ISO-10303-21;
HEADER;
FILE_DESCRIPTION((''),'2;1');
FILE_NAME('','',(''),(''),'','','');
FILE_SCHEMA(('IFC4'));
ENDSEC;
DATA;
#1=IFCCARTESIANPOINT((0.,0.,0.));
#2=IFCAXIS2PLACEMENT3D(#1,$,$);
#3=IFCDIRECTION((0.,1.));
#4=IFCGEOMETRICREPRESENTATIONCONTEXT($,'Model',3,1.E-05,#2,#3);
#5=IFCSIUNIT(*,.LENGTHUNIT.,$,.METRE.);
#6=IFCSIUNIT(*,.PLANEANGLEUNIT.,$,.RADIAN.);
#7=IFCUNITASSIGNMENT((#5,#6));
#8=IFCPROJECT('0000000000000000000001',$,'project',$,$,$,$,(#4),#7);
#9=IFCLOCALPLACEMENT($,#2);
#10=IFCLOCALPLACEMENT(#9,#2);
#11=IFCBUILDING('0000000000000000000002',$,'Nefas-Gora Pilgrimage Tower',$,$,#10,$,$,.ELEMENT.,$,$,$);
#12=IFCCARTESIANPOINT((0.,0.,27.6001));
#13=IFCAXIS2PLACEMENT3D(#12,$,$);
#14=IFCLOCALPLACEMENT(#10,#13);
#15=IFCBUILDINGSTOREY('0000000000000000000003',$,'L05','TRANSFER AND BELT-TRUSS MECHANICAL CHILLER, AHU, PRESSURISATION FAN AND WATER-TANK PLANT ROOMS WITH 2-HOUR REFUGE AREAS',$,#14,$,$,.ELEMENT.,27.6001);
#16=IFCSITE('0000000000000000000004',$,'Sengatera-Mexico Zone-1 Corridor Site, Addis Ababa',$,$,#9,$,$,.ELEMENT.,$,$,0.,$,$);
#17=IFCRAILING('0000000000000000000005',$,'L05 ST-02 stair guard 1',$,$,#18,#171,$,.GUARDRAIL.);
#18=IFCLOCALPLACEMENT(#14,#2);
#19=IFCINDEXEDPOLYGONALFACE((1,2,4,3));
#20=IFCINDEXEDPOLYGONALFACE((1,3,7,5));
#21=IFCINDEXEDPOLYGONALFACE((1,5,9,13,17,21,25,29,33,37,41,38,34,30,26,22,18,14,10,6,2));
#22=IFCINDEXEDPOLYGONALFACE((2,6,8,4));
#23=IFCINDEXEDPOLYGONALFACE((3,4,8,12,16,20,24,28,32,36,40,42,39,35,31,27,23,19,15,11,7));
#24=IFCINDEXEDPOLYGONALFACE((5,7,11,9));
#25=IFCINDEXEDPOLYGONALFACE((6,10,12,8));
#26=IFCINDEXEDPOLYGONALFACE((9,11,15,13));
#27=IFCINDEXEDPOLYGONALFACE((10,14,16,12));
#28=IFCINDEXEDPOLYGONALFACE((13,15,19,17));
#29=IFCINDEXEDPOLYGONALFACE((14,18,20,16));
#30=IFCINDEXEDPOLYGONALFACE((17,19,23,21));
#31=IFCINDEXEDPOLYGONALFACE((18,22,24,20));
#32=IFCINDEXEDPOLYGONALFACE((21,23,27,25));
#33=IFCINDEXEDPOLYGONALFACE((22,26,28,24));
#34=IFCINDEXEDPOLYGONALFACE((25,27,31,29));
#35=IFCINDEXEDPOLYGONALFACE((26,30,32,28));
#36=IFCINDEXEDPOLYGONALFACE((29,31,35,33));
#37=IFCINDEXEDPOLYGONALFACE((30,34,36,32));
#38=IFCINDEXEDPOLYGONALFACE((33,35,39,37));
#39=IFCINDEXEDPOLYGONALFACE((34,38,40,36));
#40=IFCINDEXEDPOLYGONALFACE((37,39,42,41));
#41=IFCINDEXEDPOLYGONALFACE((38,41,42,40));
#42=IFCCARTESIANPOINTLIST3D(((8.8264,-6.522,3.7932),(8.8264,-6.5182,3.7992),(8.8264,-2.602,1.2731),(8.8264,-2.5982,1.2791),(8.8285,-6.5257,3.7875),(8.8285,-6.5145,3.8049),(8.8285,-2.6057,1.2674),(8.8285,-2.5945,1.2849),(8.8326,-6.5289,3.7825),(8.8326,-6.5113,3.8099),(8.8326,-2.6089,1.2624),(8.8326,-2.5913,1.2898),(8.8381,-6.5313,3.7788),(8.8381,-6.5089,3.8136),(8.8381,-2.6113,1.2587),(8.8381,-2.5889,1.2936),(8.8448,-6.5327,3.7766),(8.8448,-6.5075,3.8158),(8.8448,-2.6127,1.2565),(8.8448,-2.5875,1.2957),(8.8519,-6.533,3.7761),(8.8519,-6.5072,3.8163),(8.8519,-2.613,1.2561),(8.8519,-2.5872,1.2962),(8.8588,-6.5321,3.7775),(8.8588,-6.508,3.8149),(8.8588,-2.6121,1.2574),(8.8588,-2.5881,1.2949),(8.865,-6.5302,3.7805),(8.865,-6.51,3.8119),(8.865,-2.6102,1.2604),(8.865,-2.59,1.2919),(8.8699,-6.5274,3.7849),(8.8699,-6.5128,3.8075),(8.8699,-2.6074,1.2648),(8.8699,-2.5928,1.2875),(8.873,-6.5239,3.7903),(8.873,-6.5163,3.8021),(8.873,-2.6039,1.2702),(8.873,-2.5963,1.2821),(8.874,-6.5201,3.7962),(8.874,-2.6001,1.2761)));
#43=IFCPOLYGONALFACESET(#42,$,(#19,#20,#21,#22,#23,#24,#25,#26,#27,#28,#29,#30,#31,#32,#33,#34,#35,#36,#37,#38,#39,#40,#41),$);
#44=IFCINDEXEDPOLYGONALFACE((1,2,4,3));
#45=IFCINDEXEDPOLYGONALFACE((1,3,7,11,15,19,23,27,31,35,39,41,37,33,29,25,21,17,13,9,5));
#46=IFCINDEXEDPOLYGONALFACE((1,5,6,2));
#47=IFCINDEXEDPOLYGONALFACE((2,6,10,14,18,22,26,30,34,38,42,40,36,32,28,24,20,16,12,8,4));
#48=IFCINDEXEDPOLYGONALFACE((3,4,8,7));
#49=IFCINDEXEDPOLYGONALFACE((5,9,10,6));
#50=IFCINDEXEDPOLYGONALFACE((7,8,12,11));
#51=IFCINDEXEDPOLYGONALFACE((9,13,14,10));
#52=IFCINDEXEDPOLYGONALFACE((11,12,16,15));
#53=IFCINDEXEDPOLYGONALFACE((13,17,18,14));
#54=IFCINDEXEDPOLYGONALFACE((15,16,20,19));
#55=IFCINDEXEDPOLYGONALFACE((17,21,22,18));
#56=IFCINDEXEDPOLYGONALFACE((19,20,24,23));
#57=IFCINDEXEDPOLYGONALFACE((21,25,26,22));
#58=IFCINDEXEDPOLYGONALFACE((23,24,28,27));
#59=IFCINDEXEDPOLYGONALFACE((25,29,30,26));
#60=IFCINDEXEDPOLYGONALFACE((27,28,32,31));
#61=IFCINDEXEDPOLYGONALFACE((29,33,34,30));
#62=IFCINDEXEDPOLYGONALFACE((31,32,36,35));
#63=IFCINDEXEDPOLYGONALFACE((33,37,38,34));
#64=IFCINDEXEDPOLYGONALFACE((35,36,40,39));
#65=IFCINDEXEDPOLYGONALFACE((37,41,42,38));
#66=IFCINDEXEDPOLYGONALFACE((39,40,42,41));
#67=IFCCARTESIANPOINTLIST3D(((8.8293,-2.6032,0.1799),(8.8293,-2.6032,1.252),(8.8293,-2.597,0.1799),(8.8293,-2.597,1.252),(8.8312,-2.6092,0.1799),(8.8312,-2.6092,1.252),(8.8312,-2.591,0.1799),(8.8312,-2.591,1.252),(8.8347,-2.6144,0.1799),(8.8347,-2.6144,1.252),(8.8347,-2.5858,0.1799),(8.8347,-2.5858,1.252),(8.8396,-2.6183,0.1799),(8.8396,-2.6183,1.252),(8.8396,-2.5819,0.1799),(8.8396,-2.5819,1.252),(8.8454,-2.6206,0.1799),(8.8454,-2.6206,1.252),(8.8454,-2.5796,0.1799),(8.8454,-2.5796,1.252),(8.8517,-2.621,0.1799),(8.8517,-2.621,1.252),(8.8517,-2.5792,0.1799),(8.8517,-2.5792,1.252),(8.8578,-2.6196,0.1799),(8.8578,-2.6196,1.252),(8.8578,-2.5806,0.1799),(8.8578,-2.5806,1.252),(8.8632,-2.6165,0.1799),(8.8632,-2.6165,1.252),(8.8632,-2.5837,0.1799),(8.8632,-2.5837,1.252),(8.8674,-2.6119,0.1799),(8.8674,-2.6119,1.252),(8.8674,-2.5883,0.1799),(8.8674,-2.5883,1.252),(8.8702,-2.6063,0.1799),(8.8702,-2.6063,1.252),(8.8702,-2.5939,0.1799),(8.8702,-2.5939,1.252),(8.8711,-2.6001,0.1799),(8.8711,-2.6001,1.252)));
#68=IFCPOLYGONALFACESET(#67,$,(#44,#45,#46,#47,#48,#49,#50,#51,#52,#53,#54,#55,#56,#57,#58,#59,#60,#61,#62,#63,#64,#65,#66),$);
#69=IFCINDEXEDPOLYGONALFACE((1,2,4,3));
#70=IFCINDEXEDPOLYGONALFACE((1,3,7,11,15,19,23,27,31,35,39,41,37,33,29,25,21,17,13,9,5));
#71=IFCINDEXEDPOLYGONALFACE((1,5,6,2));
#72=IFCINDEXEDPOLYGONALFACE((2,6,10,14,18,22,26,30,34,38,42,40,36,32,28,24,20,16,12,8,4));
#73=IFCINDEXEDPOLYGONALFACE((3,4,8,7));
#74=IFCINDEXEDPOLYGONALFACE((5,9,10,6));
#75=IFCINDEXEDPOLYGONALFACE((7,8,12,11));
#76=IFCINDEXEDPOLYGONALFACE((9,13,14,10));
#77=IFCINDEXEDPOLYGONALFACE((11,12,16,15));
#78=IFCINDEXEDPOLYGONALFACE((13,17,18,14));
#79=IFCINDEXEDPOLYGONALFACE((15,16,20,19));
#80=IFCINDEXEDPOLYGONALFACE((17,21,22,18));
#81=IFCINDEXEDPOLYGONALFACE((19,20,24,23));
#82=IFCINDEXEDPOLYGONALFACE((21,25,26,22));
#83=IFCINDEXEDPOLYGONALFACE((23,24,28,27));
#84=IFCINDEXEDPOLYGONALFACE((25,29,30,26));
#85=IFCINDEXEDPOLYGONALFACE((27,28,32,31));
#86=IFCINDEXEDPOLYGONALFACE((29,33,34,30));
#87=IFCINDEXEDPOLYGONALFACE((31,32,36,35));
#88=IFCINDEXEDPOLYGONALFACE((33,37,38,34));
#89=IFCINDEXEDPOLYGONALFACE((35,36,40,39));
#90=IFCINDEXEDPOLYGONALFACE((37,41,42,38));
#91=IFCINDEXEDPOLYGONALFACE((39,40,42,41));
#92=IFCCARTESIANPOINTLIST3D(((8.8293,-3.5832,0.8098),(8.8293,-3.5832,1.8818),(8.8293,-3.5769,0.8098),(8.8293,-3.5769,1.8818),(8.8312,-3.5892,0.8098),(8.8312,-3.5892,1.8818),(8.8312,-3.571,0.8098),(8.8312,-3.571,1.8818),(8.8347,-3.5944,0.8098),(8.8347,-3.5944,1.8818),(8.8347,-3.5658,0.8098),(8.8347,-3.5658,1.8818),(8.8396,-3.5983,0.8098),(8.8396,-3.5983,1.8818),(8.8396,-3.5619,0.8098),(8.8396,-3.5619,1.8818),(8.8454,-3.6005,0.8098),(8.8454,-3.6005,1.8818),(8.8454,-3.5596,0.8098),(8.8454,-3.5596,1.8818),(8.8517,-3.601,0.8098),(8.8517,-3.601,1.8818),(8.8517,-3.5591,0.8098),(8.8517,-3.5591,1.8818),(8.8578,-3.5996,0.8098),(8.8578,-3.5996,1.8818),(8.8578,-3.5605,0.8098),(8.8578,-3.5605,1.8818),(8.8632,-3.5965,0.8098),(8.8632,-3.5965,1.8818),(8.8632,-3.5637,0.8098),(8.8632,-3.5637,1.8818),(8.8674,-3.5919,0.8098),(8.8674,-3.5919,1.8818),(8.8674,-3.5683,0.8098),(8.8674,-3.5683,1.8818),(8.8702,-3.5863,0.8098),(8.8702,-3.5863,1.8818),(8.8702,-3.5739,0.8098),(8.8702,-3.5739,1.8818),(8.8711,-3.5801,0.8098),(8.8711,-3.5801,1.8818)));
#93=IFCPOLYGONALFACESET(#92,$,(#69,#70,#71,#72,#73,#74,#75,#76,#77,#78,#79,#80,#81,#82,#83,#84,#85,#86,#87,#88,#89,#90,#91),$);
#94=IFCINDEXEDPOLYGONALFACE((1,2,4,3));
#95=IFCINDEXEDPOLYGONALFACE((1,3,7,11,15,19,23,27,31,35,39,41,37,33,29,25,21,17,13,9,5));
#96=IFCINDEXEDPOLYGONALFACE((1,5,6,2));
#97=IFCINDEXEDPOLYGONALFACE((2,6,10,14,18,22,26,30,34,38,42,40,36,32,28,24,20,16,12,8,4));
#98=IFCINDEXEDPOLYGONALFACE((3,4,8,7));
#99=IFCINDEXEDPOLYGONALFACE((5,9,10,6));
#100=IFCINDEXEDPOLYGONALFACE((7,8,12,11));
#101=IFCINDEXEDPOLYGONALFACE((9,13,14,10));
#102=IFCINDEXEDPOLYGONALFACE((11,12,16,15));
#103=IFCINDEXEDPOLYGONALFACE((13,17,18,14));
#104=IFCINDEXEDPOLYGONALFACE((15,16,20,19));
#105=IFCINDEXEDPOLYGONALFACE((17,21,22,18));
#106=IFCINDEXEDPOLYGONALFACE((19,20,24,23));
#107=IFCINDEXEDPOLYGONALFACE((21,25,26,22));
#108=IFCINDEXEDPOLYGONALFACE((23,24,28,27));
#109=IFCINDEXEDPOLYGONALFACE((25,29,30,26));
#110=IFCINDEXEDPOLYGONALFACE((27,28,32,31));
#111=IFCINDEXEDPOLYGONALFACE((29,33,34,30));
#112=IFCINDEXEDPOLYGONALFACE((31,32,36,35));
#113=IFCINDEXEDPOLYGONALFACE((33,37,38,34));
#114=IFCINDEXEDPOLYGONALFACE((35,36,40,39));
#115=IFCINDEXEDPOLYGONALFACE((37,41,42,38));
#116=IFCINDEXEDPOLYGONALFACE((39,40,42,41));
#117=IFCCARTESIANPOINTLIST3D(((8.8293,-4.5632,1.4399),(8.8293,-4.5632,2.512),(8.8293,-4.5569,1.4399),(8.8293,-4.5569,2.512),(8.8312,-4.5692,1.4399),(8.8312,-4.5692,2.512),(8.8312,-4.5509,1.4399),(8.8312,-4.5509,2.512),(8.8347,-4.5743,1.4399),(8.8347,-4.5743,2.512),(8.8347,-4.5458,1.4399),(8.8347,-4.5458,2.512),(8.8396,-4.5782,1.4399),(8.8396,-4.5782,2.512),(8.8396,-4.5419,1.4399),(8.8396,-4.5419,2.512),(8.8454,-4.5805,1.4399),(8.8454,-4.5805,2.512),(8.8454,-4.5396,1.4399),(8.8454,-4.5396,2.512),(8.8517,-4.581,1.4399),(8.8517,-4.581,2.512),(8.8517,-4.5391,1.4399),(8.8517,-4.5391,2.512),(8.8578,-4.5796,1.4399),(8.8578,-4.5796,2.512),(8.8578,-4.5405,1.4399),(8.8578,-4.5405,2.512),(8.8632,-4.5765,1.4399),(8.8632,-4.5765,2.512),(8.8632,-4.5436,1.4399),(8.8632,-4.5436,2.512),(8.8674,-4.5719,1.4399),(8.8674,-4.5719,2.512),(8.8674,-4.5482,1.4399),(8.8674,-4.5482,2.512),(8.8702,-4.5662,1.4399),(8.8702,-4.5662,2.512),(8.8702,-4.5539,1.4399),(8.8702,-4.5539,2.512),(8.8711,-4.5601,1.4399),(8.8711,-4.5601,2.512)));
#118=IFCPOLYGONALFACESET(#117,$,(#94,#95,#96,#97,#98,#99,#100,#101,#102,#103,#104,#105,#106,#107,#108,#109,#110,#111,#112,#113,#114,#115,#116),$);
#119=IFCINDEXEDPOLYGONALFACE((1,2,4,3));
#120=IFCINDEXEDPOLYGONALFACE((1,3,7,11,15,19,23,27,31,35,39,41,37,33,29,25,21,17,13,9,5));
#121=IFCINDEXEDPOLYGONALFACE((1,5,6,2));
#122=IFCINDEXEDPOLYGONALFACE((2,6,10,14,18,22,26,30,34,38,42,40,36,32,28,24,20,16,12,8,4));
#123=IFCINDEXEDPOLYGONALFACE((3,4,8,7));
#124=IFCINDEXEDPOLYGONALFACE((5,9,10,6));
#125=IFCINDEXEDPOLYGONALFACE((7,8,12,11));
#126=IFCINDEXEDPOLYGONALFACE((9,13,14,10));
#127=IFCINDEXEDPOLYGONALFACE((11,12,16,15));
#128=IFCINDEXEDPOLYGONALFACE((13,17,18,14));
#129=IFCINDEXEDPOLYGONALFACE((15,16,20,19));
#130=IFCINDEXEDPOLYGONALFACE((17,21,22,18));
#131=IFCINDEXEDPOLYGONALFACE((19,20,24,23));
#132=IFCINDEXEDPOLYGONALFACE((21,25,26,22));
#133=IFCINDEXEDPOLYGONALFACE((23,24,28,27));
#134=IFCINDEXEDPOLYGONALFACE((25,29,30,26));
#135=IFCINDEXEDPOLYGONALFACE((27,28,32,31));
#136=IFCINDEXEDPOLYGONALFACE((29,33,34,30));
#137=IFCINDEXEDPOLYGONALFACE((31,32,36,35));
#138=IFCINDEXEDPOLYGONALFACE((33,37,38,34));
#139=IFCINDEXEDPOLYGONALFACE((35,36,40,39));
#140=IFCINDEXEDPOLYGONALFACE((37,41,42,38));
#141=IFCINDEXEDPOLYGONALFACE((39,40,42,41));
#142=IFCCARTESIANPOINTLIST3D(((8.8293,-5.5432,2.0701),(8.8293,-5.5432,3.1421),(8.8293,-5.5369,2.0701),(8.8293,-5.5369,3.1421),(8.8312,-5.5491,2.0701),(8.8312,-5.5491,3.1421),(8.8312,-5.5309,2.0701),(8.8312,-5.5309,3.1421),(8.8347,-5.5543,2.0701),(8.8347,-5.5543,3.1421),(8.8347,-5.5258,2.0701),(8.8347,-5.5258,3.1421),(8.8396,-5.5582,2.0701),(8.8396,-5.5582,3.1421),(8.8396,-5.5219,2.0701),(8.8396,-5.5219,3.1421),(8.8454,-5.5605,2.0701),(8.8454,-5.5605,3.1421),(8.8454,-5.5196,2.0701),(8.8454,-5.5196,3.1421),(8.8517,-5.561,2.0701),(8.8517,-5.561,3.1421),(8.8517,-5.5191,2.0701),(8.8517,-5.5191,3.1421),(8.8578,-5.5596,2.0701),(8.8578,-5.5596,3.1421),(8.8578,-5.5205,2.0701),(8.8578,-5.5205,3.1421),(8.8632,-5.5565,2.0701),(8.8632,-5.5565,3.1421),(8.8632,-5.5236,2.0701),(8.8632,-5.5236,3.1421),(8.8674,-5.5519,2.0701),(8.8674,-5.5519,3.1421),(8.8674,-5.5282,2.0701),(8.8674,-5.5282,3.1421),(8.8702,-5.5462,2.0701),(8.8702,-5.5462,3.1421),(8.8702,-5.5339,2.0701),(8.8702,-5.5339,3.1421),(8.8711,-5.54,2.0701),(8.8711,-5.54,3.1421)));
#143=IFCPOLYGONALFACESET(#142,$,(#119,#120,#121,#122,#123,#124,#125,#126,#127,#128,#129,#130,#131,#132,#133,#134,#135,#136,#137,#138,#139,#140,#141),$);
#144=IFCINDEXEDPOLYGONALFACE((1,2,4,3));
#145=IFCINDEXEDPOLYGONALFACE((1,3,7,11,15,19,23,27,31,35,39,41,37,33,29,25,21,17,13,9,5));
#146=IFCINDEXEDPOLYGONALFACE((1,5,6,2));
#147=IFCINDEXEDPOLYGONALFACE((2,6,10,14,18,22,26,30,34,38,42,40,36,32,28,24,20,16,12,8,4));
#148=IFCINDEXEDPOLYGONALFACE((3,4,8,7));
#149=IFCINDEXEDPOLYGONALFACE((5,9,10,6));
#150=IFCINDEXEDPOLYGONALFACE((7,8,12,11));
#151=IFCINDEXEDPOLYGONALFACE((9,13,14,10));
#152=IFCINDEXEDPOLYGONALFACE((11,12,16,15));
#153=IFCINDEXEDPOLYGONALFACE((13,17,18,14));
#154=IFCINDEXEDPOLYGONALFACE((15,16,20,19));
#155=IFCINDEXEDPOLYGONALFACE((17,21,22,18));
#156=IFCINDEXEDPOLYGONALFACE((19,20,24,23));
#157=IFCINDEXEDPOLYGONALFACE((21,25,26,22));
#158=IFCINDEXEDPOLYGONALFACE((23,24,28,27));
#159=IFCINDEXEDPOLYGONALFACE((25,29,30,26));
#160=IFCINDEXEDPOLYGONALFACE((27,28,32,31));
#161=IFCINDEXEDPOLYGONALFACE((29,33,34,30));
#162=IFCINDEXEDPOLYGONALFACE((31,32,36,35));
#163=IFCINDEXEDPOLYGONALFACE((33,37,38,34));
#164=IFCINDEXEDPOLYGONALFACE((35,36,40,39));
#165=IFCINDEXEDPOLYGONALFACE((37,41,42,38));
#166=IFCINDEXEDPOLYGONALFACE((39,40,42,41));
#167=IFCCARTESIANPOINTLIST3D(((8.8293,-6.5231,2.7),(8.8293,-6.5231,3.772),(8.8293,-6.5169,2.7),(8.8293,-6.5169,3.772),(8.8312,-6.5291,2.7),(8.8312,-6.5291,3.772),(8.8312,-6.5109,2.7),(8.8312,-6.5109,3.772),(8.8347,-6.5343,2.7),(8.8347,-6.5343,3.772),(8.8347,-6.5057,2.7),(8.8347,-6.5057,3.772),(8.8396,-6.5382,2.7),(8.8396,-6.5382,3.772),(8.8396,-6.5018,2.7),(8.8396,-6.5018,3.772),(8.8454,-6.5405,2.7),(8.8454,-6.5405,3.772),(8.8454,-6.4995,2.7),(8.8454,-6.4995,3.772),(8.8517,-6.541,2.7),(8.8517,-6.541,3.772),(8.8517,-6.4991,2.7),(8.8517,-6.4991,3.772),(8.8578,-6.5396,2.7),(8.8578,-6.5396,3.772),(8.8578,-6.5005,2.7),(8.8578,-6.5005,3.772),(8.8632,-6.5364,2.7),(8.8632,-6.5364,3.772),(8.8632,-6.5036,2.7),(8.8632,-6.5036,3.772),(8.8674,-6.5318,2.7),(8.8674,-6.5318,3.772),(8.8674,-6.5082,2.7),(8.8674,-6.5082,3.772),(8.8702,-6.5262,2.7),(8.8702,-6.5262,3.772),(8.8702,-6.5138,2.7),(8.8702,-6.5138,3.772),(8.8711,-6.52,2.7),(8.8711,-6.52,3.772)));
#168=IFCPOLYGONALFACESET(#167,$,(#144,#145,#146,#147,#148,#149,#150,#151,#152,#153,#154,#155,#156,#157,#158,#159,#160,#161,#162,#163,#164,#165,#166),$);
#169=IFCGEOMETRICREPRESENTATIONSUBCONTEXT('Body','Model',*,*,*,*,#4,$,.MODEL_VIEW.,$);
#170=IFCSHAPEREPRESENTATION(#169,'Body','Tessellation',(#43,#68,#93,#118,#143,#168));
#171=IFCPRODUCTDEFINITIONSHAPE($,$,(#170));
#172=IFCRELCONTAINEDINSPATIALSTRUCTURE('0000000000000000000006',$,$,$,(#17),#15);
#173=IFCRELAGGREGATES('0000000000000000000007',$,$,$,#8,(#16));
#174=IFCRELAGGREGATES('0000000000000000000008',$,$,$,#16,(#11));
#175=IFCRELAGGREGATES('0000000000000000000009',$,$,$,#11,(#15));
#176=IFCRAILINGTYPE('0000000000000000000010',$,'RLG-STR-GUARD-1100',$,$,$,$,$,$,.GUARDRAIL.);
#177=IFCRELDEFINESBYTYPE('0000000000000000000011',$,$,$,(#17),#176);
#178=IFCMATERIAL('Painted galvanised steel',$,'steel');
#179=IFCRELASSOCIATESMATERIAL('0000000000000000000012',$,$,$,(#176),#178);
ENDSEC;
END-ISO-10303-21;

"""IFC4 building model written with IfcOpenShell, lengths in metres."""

from ifc_helpers import new_model, si_unit, direction, frame, origin, origin_2d, place, context, subcontext, project, spatial, circle, extrude, material, type_object, element, save


model = new_model("IFC4")

# Units and contexts
model_context = context("Model", 3, precision=1e-05, world=origin(), true_north=direction((0.0, 1.0)))
body_context = subcontext(model_context, "Body", "Model", "MODEL_VIEW")
ifc_project = project(units=[si_unit("LENGTHUNIT", "METRE"), si_unit("PLANEANGLEUNIT", "RADIAN")], contexts=[model_context])

# Site, building, storey
site_placement = place(None, origin())
site = spatial("IfcSite", under=ifc_project, at=site_placement, Name="Sengatera-Mexico Zone-1 Corridor Site, Addis Ababa", CompositionType="ELEMENT", RefElevation=0.0)
building_placement = place(site_placement, origin())
building = spatial("IfcBuilding", under=site, at=building_placement, Name="Nefas-Gora Pilgrimage Tower", CompositionType="ELEMENT")
storey_placement = place(building_placement, frame((0.0, 0.0, 27.6001)))
storey = spatial("IfcBuildingStorey", under=building, at=storey_placement, Name="L05", Description="TRANSFER AND BELT-TRUSS MECHANICAL CHILLER, AHU, PRESSURISATION FAN AND WATER-TANK PLANT ROOMS WITH 2-HOUR REFUGE AREAS", CompositionType="ELEMENT", Elevation=27.6001)

# Railing
ifc_material_1 = material(Name="Painted galvanised steel", Category="steel")
railing_type_1 = type_object("IfcRailingType", Name="RLG-STR-GUARD-1100", PredefinedType="GUARDRAIL", material=ifc_material_1)
railing_1_placement = place(storey_placement, frame((8.8501, -2.6001, 0.1799)))
element("IfcRailing", 1, at=railing_1_placement, inside=storey, type_object=railing_type_1, Name="L05 ST-02 stair guard 1", PredefinedType="GUARDRAIL", context=body_context, shape_type="SweptSolid", body=[
    extrude(circle(Radius=0.0239, at=origin_2d()), frame((0.0, 0.0, 1.0962), z_axis=(0.0, -0.841172, 0.540768), x_axis=(1.0, 0.0, 0.0)), (0.0, 0.0, 1.0), 4.6602),
    extrude(circle(Radius=0.021, at=origin_2d()), origin(), (0.0, 0.0, 1.0), 1.072),
    extrude(circle(Radius=0.021, at=origin_2d()), frame((0.0, -0.98, 0.6299)), (0.0, 0.0, 1.0), 1.072),
    extrude(circle(Radius=0.021, at=origin_2d()), frame((0.0, -1.96, 1.26)), (0.0, 0.0, 1.0), 1.072),
    extrude(circle(Radius=0.021, at=origin_2d()), frame((0.0, -2.9399, 1.8901)), (0.0, 0.0, 1.0), 1.072),
    extrude(circle(Radius=0.021, at=origin_2d()), frame((0.0, -3.9199, 2.52)), (0.0, 0.0, 1.0), 1.072),
])

save(model, "model.ifc")
